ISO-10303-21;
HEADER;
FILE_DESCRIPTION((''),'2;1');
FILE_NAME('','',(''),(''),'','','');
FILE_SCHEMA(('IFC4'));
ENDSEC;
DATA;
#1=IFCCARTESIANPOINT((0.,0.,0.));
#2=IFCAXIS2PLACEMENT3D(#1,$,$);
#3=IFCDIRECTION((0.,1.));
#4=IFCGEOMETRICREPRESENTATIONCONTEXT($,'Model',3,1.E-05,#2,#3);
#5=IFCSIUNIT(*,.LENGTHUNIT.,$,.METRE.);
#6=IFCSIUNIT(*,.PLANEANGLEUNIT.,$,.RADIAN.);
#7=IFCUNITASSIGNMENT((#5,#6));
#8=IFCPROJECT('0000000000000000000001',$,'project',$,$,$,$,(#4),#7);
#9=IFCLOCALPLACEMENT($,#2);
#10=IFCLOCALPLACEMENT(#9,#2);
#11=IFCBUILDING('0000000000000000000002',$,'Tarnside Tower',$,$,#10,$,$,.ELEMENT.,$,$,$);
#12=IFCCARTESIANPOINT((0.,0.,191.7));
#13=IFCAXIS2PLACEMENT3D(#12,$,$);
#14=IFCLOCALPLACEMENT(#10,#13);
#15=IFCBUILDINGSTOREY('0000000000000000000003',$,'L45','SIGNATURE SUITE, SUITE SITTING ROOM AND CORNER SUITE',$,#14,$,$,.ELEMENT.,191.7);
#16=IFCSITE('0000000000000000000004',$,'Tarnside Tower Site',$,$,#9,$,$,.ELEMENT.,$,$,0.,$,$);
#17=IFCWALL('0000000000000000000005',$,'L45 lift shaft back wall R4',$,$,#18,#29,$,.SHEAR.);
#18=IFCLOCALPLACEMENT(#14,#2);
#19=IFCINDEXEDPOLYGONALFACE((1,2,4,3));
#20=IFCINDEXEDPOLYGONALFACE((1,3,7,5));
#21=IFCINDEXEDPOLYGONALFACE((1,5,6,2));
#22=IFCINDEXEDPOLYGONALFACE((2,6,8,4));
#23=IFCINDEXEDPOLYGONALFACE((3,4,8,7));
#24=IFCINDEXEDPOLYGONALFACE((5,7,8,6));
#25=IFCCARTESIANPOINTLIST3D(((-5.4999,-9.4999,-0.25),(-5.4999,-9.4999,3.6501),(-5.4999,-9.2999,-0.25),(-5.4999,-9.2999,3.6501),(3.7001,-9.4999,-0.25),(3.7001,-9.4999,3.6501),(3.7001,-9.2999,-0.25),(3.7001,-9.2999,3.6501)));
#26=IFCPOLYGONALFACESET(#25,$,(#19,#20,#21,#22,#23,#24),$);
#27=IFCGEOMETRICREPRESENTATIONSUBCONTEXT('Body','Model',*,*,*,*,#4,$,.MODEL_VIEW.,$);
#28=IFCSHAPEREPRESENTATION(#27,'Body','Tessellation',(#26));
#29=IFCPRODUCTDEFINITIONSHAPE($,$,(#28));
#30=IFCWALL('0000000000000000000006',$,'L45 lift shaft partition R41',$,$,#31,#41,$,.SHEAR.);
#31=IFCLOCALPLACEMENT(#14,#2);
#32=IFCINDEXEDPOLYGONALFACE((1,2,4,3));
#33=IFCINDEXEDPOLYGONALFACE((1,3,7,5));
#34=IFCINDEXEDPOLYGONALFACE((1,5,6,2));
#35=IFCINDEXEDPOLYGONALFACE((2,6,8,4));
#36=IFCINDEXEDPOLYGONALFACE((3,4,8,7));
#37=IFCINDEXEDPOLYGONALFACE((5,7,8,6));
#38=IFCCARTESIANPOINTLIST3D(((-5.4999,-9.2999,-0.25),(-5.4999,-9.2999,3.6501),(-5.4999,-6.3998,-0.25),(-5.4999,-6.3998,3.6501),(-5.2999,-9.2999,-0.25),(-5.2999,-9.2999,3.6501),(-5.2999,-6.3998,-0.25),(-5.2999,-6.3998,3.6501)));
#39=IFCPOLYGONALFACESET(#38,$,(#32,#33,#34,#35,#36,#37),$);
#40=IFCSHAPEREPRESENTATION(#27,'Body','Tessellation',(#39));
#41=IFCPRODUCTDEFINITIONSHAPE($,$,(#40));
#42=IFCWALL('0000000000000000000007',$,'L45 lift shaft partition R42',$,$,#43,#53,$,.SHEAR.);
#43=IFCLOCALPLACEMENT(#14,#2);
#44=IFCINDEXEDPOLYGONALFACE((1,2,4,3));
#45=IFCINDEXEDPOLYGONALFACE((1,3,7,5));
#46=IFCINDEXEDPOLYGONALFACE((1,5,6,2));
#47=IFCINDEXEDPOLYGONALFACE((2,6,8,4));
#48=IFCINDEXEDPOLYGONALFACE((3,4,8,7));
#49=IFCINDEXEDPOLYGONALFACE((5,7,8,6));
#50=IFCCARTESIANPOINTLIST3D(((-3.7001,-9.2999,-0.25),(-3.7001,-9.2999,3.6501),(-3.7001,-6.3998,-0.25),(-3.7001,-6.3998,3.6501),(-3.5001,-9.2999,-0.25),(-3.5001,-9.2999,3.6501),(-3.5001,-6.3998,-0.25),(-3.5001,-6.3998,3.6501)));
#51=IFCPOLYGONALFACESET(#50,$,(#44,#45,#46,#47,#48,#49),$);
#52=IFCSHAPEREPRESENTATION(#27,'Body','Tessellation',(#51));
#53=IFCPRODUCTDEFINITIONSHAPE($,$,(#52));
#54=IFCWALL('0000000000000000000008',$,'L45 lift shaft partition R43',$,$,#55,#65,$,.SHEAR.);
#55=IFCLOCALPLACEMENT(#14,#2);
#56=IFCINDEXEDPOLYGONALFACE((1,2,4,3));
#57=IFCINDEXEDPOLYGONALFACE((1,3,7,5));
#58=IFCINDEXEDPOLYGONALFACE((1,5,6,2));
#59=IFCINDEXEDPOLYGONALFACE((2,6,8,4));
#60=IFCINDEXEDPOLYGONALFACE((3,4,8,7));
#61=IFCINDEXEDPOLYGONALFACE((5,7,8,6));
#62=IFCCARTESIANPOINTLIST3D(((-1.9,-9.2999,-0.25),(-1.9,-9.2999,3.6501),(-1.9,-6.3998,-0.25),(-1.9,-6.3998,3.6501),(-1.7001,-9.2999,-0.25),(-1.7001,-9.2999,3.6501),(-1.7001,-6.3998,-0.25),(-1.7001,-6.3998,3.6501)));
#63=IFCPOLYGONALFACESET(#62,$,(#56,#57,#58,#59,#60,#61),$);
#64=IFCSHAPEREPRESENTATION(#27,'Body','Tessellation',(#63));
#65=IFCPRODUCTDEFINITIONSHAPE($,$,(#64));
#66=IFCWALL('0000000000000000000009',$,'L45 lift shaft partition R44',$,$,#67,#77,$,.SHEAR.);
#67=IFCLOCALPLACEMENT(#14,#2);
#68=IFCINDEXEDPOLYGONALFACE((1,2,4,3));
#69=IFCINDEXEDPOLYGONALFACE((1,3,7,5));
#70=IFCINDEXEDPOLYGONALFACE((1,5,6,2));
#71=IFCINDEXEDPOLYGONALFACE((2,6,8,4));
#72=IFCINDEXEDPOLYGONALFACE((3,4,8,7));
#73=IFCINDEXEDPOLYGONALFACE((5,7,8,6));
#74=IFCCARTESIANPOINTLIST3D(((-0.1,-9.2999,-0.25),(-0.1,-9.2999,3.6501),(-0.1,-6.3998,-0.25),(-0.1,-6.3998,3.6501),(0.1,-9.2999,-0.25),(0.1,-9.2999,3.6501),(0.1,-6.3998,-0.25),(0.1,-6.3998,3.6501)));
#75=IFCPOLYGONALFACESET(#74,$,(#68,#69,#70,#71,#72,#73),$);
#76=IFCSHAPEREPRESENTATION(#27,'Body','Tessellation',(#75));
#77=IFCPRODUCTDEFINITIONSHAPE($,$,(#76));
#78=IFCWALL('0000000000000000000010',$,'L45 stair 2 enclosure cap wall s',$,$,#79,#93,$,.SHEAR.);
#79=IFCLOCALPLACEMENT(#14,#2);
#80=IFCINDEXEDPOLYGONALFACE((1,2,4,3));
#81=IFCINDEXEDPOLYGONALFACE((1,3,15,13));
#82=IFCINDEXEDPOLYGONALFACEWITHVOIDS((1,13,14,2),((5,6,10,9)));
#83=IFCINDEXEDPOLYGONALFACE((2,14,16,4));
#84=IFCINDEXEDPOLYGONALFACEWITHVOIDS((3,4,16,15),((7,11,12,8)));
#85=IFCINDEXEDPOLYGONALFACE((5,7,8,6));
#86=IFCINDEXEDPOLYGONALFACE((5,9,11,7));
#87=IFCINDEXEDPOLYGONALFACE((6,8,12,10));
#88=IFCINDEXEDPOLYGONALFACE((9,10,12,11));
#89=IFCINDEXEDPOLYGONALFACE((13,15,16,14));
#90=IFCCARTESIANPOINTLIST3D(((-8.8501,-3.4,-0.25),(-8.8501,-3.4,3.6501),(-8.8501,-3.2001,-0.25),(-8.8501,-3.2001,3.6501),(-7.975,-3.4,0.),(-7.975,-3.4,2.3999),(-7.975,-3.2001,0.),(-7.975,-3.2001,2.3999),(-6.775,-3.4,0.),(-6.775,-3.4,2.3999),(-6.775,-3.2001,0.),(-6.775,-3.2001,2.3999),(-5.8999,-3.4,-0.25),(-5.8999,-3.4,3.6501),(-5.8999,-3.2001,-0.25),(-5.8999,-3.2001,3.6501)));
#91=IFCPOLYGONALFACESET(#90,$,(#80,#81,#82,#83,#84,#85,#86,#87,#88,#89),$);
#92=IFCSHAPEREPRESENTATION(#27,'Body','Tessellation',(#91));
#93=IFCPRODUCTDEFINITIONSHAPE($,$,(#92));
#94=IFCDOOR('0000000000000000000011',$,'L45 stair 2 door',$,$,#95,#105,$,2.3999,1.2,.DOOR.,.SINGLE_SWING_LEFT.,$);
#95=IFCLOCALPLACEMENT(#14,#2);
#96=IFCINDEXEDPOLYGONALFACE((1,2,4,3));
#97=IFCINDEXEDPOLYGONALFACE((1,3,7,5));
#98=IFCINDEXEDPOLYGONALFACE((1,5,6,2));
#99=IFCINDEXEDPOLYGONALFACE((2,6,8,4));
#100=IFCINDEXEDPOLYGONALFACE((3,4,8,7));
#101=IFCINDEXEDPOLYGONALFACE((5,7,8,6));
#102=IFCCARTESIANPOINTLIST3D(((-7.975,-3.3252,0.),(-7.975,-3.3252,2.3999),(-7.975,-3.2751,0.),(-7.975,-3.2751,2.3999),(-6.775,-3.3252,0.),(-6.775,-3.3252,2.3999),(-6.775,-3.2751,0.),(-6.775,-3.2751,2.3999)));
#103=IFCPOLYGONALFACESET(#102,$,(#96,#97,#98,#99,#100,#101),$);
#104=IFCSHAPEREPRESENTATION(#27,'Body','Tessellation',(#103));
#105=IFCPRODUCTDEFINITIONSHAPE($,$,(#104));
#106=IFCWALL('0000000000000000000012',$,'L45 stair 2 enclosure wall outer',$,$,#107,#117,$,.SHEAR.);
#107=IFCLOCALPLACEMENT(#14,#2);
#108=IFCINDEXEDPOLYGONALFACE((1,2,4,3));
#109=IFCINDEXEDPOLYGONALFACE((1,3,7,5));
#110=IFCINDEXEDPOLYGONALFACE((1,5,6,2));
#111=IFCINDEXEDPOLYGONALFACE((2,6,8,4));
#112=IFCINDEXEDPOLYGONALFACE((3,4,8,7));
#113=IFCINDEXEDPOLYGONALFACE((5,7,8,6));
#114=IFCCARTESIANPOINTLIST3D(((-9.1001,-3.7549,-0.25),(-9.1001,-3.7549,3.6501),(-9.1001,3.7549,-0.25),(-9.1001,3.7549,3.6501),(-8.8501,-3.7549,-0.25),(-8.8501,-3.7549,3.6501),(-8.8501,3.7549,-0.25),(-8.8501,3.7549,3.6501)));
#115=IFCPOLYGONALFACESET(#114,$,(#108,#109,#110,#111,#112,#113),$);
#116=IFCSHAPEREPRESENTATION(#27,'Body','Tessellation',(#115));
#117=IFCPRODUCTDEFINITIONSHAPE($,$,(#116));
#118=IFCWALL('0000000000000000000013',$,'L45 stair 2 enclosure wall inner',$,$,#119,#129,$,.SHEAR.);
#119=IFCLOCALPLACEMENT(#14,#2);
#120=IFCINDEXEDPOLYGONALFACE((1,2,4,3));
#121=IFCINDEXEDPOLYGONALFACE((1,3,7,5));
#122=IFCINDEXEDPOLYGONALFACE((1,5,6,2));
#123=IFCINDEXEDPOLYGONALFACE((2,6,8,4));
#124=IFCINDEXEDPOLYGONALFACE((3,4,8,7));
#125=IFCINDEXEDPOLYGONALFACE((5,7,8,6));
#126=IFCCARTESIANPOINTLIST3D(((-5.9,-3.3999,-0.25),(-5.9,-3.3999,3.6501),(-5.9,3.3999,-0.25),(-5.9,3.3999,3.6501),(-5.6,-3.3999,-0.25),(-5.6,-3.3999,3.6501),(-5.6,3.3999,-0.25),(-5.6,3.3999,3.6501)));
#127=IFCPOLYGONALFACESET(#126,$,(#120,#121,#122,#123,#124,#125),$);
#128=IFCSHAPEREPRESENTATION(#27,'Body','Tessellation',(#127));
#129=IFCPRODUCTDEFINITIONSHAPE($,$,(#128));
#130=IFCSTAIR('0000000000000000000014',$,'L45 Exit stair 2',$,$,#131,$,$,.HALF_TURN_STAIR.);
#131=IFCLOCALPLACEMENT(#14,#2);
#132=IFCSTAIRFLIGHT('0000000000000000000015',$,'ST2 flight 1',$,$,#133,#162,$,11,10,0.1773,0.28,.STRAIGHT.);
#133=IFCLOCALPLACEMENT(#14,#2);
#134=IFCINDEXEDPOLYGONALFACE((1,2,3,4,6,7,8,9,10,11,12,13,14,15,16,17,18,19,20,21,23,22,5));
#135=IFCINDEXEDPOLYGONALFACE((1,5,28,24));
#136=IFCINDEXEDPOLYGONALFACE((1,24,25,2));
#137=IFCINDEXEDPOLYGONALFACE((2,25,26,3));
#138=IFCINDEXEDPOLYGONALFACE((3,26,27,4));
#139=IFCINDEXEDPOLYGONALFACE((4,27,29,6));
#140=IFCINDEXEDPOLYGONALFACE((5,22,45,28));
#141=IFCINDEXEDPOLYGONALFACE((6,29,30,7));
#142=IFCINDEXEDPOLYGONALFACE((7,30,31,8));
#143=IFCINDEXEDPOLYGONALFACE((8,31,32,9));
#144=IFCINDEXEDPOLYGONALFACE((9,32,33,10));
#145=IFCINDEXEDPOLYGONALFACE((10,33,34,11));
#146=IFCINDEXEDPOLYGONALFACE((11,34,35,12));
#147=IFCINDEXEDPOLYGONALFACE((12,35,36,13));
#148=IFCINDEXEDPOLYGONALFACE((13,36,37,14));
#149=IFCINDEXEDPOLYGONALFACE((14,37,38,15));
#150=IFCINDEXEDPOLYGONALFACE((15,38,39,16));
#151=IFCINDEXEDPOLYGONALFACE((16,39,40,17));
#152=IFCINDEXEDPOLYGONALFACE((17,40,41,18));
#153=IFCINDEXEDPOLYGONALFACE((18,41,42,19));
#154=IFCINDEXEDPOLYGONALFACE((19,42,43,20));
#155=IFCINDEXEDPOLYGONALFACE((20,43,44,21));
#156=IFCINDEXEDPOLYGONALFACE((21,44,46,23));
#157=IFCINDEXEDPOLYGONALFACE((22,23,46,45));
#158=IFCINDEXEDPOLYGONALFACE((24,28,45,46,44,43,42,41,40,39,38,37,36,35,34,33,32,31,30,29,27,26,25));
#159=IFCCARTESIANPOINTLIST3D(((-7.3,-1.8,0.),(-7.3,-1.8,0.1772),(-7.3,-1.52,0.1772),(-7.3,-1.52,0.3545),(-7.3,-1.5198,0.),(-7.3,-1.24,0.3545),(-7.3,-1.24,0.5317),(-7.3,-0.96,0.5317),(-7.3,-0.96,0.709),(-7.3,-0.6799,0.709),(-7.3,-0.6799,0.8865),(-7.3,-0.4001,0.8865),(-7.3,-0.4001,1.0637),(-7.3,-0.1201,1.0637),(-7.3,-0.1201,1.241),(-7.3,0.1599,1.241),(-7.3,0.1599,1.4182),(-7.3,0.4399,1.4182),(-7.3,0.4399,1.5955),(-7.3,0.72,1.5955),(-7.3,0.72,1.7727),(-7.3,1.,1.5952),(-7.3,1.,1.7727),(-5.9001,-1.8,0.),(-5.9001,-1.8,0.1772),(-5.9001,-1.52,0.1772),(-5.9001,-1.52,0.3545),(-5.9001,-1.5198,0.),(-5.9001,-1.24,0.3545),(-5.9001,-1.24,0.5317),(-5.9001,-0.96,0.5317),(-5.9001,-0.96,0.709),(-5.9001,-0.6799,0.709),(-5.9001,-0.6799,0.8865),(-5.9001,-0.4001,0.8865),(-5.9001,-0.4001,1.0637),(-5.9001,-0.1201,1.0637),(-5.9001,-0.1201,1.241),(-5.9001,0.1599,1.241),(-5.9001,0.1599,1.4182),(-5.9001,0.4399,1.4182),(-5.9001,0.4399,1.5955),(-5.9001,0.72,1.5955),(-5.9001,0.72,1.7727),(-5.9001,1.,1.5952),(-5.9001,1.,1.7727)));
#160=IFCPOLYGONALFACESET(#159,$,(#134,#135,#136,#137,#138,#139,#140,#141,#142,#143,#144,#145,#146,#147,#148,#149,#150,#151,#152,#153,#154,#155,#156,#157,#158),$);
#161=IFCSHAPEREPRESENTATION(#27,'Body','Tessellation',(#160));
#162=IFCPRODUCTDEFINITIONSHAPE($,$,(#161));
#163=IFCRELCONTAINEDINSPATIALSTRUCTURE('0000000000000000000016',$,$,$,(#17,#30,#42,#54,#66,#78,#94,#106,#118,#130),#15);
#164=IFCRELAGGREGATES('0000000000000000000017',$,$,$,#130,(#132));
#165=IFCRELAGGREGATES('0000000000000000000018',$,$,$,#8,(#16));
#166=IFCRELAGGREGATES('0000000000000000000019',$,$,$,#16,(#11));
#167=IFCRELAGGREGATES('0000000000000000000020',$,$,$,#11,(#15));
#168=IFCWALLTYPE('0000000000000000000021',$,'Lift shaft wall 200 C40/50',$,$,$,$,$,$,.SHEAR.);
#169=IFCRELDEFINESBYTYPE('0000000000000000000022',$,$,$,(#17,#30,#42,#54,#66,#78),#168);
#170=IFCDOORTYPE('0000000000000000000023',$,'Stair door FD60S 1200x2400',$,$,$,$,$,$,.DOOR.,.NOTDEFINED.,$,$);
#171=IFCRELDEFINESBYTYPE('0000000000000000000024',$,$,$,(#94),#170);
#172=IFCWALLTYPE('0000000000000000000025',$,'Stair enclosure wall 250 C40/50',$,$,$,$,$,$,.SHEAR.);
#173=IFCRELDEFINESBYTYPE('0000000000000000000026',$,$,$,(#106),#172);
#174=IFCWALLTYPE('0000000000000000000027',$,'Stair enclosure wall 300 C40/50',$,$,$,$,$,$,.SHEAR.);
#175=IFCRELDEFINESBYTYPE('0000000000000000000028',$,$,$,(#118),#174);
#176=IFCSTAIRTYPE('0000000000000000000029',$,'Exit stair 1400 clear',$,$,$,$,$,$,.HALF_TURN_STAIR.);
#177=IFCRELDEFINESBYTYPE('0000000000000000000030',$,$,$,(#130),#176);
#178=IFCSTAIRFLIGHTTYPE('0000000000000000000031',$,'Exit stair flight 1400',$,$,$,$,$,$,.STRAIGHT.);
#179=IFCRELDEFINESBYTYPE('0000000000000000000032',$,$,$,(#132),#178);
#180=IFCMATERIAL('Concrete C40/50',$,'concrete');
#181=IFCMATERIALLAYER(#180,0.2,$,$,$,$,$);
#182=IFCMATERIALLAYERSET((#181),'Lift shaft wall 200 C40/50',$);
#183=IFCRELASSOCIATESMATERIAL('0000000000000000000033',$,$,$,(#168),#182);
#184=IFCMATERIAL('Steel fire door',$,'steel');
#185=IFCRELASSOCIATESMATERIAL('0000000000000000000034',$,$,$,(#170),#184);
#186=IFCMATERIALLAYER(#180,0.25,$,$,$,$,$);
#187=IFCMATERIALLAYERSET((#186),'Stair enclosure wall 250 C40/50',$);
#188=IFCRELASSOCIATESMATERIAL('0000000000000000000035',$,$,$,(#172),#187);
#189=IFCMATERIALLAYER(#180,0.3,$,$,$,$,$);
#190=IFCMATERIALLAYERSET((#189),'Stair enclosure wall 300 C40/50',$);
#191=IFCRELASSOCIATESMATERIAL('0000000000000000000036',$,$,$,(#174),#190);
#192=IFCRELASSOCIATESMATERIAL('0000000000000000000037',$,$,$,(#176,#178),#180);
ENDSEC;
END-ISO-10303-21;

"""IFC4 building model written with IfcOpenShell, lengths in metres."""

from ifc_helpers import new_model, si_unit, direction, frame, frame_2d, origin, place, context, subcontext, project, spatial, polyline, rectangle, outline, extrude, material, layer, layer_set, type_object, element, fill, aggregate, save


model = new_model("IFC4")

# Units and contexts
model_context = context("Model", 3, precision=1e-05, world=origin(), true_north=direction((0.0, 1.0)))
body_context = subcontext(model_context, "Body", "Model", "MODEL_VIEW")
ifc_project = project(units=[si_unit("LENGTHUNIT", "METRE"), si_unit("PLANEANGLEUNIT", "RADIAN")], contexts=[model_context])

# Site, building, storey
site_placement = place(None, origin())
site = spatial("IfcSite", under=ifc_project, at=site_placement, Name="Tarnside Tower Site", CompositionType="ELEMENT", RefElevation=0.0)
building_placement = place(site_placement, origin())
building = spatial("IfcBuilding", under=site, at=building_placement, Name="Tarnside Tower", CompositionType="ELEMENT")
storey_placement = place(building_placement, frame((0.0, 0.0, 191.7)))
storey = spatial("IfcBuildingStorey", under=building, at=storey_placement, Name="L45", Description="SIGNATURE SUITE, SUITE SITTING ROOM AND CORNER SUITE", CompositionType="ELEMENT", Elevation=191.7)

# Shared definitions
ifc_material_1 = material(Name="Concrete C40/50", Category="concrete")
ifc_material_2 = material(Name="Steel fire door", Category="steel")

# Shared definitions
ifc_layer_1 = layer(ifc_material_1, 0.2)
ifc_layer_set_1 = layer_set([ifc_layer_1], Name="Lift shaft wall 200 C40/50")
wall_type_1 = type_object("IfcWallType", Name="Lift shaft wall 200 C40/50", PredefinedType="SHEAR", material=ifc_layer_set_1)

# Walls
wall_1_placement = place(storey_placement, frame((-5.5, -9.3999, -0.25), z_axis=(0.0, 0.0, 1.0), x_axis=(1.0, 0.0, 0.0)))
element("IfcWall", 1, at=wall_1_placement, inside=storey, type_object=wall_type_1, Name="L45 lift shaft back wall R4", PredefinedType="SHEAR", context=body_context, shape_type="SweptSolid", body=[
    extrude(rectangle(XDim=9.2, YDim=0.2, at=frame_2d((4.6001, 0.0))), origin(), (0.0, 0.0, 1.0), 3.9001),
])
for number, where, z_axis, x_axis, name in (
    (2, (-5.3999, -9.3, -0.25), (0.0, 0.0, 1.0), (0.0, 1.0, 0.0), "L45 lift shaft partition R41"),
    (3, (-3.6001, -9.3, -0.25), (0.0, 0.0, 1.0), (0.0, 1.0, 0.0), "L45 lift shaft partition R42"),
    (4, (-1.8, -9.3, -0.25), (0.0, 0.0, 1.0), (0.0, 1.0, 0.0), "L45 lift shaft partition R43"),
    (5, (0.0, -9.3, -0.25), (0.0, 0.0, 1.0), (0.0, 1.0, 0.0), "L45 lift shaft partition R44"),
):
    element("IfcWall", number, at=place(storey_placement, frame(where, z_axis=z_axis, x_axis=x_axis)), inside=storey, type_object=wall_type_1, Name=name, PredefinedType="SHEAR", context=body_context, shape_type="SweptSolid", body=[
        extrude(rectangle(XDim=2.9001, YDim=0.2, at=frame_2d((1.4502, 0.0))), origin(), (0.0, 0.0, 1.0), 3.9001),
    ])

# Wall, opening, door
wall_2_placement = place(storey_placement, frame((-8.8501, -3.3, -0.25), z_axis=(0.0, 0.0, 1.0), x_axis=(1.0, 0.0, 0.0)))
wall_2 = element("IfcWall", 6, at=wall_2_placement, inside=storey, type_object=wall_type_1, Name="L45 stair 2 enclosure cap wall s", PredefinedType="SHEAR", context=body_context, shape_type="SweptSolid", body=[
    extrude(rectangle(XDim=2.9502, YDim=0.2, at=frame_2d((1.4751, 0.0))), origin(), (0.0, 0.0, 1.0), 3.9001),
])
opening_1_placement = place(wall_2_placement, frame((0.875, 0.0, 0.25)))
opening_1 = element("IfcOpeningElement", 7, at=opening_1_placement, cuts=wall_2, PredefinedType="OPENING", context=body_context, shape_type="SweptSolid", body=[
    extrude(rectangle(XDim=1.2, YDim=2.3999, at=frame_2d((0.6001, 1.2))), frame((0.0, 0.1099, 0.0), z_axis=(0.0, -1.0, 0.0), x_axis=(1.0, 0.0, 0.0)), (0.0, 0.0, 1.0), 0.22),
])
door_type_1 = type_object("IfcDoorType", Name="Stair door FD60S 1200x2400", OperationType="NOTDEFINED", PredefinedType="DOOR", material=ifc_material_2)
door_1_placement = place(opening_1_placement, origin())
door_1 = element("IfcDoor", 8, at=door_1_placement, inside=storey, type_object=door_type_1, Name="L45 stair 2 door", OperationType="SINGLE_SWING_LEFT", OverallHeight=2.3999, OverallWidth=1.2, PredefinedType="DOOR", context=body_context, shape_type="SweptSolid", body=[
    extrude(rectangle(XDim=1.2, YDim=2.3999, at=frame_2d((0.6001, 1.2))), frame((0.0, 0.0249, 0.0), z_axis=(0.0, -1.0, 0.0), x_axis=(1.0, 0.0, 0.0)), (0.0, 0.0, 1.0), 0.05),
])
fill(opening_1, door_1)

# Walls
ifc_layer_2 = layer(ifc_material_1, 0.25)
ifc_layer_set_2 = layer_set([ifc_layer_2], Name="Stair enclosure wall 250 C40/50")
wall_type_2 = type_object("IfcWallType", Name="Stair enclosure wall 250 C40/50", PredefinedType="SHEAR", material=ifc_layer_set_2)
wall_3_placement = place(storey_placement, frame((-8.9751, -3.7549, -0.25), z_axis=(0.0, 0.0, 1.0), x_axis=(0.0, 1.0, 0.0)))
element("IfcWall", 9, at=wall_3_placement, inside=storey, type_object=wall_type_2, Name="L45 stair 2 enclosure wall outer", PredefinedType="SHEAR", context=body_context, shape_type="SweptSolid", body=[
    extrude(rectangle(XDim=7.5098, YDim=0.25, at=frame_2d((3.7549, 0.0))), origin(), (0.0, 0.0, 1.0), 3.9001),
])
ifc_layer_3 = layer(ifc_material_1, 0.3)
ifc_layer_set_3 = layer_set([ifc_layer_3], Name="Stair enclosure wall 300 C40/50")
wall_type_3 = type_object("IfcWallType", Name="Stair enclosure wall 300 C40/50", PredefinedType="SHEAR", material=ifc_layer_set_3)
wall_4_placement = place(storey_placement, frame((-5.75, -3.3999, -0.25), z_axis=(0.0, 0.0, 1.0), x_axis=(0.0, 1.0, 0.0)))
element("IfcWall", 10, at=wall_4_placement, inside=storey, type_object=wall_type_3, Name="L45 stair 2 enclosure wall inner", PredefinedType="SHEAR", context=body_context, shape_type="SweptSolid", body=[
    extrude(rectangle(XDim=6.7998, YDim=0.3, at=frame_2d((3.3999, 0.0))), origin(), (0.0, 0.0, 1.0), 3.9001),
])

# Stair, stair flight
stair_type = type_object("IfcStairType", Name="Exit stair 1400 clear", PredefinedType="HALF_TURN_STAIR", material=ifc_material_1)
stair_placement = place(storey_placement, origin())
stair = element("IfcStair", 11, at=stair_placement, inside=storey, type_object=stair_type, Name="L45 Exit stair 2", PredefinedType="HALF_TURN_STAIR")
stair_flight_type = type_object("IfcStairFlightType", Name="Exit stair flight 1400", PredefinedType="STRAIGHT", material=ifc_material_1)
stair_flight_placement = place(storey_placement, frame((-6.6001, -1.8, 0.0), z_axis=(0.0, 0.0, 1.0), x_axis=(0.0, 1.0, 0.0)))
stair_flight = element("IfcStairFlight", 12, at=stair_flight_placement, type_object=stair_flight_type, Name="ST2 flight 1", NumberOfRisers=11, NumberOfTreads=10, PredefinedType="STRAIGHT", RiserHeight=0.1773, TreadLength=0.28, context=body_context, shape_type="SweptSolid", body=[
    extrude(outline(polyline([(0.0, 0.0), (0.0, 0.1772), (0.28, 0.1772), (0.28, 0.3545), (0.5601, 0.3545), (0.5601, 0.5317), (0.8401, 0.5317), (0.8401, 0.709), (1.1201, 0.709), (1.1201, 0.8865), (1.3999, 0.8865), (1.3999, 1.0637), (1.6799, 1.0637), (1.6799, 1.241), (1.96, 1.241), (1.96, 1.4182), (2.24, 1.4182), (2.24, 1.5955), (2.52, 1.5955), (2.52, 1.7727), (2.8, 1.7727), (2.8, 1.95), (2.8, 1.5952), (0.2803, 0.0), (0.0, 0.0)])), frame((0.0, 0.7, 0.0), z_axis=(0.0, -1.0, 0.0), x_axis=(1.0, 0.0, 0.0)), (0.0, 0.0, 1.0), 1.3999),
])
aggregate(stair, [stair_flight])

save(model, "model.ifc")
